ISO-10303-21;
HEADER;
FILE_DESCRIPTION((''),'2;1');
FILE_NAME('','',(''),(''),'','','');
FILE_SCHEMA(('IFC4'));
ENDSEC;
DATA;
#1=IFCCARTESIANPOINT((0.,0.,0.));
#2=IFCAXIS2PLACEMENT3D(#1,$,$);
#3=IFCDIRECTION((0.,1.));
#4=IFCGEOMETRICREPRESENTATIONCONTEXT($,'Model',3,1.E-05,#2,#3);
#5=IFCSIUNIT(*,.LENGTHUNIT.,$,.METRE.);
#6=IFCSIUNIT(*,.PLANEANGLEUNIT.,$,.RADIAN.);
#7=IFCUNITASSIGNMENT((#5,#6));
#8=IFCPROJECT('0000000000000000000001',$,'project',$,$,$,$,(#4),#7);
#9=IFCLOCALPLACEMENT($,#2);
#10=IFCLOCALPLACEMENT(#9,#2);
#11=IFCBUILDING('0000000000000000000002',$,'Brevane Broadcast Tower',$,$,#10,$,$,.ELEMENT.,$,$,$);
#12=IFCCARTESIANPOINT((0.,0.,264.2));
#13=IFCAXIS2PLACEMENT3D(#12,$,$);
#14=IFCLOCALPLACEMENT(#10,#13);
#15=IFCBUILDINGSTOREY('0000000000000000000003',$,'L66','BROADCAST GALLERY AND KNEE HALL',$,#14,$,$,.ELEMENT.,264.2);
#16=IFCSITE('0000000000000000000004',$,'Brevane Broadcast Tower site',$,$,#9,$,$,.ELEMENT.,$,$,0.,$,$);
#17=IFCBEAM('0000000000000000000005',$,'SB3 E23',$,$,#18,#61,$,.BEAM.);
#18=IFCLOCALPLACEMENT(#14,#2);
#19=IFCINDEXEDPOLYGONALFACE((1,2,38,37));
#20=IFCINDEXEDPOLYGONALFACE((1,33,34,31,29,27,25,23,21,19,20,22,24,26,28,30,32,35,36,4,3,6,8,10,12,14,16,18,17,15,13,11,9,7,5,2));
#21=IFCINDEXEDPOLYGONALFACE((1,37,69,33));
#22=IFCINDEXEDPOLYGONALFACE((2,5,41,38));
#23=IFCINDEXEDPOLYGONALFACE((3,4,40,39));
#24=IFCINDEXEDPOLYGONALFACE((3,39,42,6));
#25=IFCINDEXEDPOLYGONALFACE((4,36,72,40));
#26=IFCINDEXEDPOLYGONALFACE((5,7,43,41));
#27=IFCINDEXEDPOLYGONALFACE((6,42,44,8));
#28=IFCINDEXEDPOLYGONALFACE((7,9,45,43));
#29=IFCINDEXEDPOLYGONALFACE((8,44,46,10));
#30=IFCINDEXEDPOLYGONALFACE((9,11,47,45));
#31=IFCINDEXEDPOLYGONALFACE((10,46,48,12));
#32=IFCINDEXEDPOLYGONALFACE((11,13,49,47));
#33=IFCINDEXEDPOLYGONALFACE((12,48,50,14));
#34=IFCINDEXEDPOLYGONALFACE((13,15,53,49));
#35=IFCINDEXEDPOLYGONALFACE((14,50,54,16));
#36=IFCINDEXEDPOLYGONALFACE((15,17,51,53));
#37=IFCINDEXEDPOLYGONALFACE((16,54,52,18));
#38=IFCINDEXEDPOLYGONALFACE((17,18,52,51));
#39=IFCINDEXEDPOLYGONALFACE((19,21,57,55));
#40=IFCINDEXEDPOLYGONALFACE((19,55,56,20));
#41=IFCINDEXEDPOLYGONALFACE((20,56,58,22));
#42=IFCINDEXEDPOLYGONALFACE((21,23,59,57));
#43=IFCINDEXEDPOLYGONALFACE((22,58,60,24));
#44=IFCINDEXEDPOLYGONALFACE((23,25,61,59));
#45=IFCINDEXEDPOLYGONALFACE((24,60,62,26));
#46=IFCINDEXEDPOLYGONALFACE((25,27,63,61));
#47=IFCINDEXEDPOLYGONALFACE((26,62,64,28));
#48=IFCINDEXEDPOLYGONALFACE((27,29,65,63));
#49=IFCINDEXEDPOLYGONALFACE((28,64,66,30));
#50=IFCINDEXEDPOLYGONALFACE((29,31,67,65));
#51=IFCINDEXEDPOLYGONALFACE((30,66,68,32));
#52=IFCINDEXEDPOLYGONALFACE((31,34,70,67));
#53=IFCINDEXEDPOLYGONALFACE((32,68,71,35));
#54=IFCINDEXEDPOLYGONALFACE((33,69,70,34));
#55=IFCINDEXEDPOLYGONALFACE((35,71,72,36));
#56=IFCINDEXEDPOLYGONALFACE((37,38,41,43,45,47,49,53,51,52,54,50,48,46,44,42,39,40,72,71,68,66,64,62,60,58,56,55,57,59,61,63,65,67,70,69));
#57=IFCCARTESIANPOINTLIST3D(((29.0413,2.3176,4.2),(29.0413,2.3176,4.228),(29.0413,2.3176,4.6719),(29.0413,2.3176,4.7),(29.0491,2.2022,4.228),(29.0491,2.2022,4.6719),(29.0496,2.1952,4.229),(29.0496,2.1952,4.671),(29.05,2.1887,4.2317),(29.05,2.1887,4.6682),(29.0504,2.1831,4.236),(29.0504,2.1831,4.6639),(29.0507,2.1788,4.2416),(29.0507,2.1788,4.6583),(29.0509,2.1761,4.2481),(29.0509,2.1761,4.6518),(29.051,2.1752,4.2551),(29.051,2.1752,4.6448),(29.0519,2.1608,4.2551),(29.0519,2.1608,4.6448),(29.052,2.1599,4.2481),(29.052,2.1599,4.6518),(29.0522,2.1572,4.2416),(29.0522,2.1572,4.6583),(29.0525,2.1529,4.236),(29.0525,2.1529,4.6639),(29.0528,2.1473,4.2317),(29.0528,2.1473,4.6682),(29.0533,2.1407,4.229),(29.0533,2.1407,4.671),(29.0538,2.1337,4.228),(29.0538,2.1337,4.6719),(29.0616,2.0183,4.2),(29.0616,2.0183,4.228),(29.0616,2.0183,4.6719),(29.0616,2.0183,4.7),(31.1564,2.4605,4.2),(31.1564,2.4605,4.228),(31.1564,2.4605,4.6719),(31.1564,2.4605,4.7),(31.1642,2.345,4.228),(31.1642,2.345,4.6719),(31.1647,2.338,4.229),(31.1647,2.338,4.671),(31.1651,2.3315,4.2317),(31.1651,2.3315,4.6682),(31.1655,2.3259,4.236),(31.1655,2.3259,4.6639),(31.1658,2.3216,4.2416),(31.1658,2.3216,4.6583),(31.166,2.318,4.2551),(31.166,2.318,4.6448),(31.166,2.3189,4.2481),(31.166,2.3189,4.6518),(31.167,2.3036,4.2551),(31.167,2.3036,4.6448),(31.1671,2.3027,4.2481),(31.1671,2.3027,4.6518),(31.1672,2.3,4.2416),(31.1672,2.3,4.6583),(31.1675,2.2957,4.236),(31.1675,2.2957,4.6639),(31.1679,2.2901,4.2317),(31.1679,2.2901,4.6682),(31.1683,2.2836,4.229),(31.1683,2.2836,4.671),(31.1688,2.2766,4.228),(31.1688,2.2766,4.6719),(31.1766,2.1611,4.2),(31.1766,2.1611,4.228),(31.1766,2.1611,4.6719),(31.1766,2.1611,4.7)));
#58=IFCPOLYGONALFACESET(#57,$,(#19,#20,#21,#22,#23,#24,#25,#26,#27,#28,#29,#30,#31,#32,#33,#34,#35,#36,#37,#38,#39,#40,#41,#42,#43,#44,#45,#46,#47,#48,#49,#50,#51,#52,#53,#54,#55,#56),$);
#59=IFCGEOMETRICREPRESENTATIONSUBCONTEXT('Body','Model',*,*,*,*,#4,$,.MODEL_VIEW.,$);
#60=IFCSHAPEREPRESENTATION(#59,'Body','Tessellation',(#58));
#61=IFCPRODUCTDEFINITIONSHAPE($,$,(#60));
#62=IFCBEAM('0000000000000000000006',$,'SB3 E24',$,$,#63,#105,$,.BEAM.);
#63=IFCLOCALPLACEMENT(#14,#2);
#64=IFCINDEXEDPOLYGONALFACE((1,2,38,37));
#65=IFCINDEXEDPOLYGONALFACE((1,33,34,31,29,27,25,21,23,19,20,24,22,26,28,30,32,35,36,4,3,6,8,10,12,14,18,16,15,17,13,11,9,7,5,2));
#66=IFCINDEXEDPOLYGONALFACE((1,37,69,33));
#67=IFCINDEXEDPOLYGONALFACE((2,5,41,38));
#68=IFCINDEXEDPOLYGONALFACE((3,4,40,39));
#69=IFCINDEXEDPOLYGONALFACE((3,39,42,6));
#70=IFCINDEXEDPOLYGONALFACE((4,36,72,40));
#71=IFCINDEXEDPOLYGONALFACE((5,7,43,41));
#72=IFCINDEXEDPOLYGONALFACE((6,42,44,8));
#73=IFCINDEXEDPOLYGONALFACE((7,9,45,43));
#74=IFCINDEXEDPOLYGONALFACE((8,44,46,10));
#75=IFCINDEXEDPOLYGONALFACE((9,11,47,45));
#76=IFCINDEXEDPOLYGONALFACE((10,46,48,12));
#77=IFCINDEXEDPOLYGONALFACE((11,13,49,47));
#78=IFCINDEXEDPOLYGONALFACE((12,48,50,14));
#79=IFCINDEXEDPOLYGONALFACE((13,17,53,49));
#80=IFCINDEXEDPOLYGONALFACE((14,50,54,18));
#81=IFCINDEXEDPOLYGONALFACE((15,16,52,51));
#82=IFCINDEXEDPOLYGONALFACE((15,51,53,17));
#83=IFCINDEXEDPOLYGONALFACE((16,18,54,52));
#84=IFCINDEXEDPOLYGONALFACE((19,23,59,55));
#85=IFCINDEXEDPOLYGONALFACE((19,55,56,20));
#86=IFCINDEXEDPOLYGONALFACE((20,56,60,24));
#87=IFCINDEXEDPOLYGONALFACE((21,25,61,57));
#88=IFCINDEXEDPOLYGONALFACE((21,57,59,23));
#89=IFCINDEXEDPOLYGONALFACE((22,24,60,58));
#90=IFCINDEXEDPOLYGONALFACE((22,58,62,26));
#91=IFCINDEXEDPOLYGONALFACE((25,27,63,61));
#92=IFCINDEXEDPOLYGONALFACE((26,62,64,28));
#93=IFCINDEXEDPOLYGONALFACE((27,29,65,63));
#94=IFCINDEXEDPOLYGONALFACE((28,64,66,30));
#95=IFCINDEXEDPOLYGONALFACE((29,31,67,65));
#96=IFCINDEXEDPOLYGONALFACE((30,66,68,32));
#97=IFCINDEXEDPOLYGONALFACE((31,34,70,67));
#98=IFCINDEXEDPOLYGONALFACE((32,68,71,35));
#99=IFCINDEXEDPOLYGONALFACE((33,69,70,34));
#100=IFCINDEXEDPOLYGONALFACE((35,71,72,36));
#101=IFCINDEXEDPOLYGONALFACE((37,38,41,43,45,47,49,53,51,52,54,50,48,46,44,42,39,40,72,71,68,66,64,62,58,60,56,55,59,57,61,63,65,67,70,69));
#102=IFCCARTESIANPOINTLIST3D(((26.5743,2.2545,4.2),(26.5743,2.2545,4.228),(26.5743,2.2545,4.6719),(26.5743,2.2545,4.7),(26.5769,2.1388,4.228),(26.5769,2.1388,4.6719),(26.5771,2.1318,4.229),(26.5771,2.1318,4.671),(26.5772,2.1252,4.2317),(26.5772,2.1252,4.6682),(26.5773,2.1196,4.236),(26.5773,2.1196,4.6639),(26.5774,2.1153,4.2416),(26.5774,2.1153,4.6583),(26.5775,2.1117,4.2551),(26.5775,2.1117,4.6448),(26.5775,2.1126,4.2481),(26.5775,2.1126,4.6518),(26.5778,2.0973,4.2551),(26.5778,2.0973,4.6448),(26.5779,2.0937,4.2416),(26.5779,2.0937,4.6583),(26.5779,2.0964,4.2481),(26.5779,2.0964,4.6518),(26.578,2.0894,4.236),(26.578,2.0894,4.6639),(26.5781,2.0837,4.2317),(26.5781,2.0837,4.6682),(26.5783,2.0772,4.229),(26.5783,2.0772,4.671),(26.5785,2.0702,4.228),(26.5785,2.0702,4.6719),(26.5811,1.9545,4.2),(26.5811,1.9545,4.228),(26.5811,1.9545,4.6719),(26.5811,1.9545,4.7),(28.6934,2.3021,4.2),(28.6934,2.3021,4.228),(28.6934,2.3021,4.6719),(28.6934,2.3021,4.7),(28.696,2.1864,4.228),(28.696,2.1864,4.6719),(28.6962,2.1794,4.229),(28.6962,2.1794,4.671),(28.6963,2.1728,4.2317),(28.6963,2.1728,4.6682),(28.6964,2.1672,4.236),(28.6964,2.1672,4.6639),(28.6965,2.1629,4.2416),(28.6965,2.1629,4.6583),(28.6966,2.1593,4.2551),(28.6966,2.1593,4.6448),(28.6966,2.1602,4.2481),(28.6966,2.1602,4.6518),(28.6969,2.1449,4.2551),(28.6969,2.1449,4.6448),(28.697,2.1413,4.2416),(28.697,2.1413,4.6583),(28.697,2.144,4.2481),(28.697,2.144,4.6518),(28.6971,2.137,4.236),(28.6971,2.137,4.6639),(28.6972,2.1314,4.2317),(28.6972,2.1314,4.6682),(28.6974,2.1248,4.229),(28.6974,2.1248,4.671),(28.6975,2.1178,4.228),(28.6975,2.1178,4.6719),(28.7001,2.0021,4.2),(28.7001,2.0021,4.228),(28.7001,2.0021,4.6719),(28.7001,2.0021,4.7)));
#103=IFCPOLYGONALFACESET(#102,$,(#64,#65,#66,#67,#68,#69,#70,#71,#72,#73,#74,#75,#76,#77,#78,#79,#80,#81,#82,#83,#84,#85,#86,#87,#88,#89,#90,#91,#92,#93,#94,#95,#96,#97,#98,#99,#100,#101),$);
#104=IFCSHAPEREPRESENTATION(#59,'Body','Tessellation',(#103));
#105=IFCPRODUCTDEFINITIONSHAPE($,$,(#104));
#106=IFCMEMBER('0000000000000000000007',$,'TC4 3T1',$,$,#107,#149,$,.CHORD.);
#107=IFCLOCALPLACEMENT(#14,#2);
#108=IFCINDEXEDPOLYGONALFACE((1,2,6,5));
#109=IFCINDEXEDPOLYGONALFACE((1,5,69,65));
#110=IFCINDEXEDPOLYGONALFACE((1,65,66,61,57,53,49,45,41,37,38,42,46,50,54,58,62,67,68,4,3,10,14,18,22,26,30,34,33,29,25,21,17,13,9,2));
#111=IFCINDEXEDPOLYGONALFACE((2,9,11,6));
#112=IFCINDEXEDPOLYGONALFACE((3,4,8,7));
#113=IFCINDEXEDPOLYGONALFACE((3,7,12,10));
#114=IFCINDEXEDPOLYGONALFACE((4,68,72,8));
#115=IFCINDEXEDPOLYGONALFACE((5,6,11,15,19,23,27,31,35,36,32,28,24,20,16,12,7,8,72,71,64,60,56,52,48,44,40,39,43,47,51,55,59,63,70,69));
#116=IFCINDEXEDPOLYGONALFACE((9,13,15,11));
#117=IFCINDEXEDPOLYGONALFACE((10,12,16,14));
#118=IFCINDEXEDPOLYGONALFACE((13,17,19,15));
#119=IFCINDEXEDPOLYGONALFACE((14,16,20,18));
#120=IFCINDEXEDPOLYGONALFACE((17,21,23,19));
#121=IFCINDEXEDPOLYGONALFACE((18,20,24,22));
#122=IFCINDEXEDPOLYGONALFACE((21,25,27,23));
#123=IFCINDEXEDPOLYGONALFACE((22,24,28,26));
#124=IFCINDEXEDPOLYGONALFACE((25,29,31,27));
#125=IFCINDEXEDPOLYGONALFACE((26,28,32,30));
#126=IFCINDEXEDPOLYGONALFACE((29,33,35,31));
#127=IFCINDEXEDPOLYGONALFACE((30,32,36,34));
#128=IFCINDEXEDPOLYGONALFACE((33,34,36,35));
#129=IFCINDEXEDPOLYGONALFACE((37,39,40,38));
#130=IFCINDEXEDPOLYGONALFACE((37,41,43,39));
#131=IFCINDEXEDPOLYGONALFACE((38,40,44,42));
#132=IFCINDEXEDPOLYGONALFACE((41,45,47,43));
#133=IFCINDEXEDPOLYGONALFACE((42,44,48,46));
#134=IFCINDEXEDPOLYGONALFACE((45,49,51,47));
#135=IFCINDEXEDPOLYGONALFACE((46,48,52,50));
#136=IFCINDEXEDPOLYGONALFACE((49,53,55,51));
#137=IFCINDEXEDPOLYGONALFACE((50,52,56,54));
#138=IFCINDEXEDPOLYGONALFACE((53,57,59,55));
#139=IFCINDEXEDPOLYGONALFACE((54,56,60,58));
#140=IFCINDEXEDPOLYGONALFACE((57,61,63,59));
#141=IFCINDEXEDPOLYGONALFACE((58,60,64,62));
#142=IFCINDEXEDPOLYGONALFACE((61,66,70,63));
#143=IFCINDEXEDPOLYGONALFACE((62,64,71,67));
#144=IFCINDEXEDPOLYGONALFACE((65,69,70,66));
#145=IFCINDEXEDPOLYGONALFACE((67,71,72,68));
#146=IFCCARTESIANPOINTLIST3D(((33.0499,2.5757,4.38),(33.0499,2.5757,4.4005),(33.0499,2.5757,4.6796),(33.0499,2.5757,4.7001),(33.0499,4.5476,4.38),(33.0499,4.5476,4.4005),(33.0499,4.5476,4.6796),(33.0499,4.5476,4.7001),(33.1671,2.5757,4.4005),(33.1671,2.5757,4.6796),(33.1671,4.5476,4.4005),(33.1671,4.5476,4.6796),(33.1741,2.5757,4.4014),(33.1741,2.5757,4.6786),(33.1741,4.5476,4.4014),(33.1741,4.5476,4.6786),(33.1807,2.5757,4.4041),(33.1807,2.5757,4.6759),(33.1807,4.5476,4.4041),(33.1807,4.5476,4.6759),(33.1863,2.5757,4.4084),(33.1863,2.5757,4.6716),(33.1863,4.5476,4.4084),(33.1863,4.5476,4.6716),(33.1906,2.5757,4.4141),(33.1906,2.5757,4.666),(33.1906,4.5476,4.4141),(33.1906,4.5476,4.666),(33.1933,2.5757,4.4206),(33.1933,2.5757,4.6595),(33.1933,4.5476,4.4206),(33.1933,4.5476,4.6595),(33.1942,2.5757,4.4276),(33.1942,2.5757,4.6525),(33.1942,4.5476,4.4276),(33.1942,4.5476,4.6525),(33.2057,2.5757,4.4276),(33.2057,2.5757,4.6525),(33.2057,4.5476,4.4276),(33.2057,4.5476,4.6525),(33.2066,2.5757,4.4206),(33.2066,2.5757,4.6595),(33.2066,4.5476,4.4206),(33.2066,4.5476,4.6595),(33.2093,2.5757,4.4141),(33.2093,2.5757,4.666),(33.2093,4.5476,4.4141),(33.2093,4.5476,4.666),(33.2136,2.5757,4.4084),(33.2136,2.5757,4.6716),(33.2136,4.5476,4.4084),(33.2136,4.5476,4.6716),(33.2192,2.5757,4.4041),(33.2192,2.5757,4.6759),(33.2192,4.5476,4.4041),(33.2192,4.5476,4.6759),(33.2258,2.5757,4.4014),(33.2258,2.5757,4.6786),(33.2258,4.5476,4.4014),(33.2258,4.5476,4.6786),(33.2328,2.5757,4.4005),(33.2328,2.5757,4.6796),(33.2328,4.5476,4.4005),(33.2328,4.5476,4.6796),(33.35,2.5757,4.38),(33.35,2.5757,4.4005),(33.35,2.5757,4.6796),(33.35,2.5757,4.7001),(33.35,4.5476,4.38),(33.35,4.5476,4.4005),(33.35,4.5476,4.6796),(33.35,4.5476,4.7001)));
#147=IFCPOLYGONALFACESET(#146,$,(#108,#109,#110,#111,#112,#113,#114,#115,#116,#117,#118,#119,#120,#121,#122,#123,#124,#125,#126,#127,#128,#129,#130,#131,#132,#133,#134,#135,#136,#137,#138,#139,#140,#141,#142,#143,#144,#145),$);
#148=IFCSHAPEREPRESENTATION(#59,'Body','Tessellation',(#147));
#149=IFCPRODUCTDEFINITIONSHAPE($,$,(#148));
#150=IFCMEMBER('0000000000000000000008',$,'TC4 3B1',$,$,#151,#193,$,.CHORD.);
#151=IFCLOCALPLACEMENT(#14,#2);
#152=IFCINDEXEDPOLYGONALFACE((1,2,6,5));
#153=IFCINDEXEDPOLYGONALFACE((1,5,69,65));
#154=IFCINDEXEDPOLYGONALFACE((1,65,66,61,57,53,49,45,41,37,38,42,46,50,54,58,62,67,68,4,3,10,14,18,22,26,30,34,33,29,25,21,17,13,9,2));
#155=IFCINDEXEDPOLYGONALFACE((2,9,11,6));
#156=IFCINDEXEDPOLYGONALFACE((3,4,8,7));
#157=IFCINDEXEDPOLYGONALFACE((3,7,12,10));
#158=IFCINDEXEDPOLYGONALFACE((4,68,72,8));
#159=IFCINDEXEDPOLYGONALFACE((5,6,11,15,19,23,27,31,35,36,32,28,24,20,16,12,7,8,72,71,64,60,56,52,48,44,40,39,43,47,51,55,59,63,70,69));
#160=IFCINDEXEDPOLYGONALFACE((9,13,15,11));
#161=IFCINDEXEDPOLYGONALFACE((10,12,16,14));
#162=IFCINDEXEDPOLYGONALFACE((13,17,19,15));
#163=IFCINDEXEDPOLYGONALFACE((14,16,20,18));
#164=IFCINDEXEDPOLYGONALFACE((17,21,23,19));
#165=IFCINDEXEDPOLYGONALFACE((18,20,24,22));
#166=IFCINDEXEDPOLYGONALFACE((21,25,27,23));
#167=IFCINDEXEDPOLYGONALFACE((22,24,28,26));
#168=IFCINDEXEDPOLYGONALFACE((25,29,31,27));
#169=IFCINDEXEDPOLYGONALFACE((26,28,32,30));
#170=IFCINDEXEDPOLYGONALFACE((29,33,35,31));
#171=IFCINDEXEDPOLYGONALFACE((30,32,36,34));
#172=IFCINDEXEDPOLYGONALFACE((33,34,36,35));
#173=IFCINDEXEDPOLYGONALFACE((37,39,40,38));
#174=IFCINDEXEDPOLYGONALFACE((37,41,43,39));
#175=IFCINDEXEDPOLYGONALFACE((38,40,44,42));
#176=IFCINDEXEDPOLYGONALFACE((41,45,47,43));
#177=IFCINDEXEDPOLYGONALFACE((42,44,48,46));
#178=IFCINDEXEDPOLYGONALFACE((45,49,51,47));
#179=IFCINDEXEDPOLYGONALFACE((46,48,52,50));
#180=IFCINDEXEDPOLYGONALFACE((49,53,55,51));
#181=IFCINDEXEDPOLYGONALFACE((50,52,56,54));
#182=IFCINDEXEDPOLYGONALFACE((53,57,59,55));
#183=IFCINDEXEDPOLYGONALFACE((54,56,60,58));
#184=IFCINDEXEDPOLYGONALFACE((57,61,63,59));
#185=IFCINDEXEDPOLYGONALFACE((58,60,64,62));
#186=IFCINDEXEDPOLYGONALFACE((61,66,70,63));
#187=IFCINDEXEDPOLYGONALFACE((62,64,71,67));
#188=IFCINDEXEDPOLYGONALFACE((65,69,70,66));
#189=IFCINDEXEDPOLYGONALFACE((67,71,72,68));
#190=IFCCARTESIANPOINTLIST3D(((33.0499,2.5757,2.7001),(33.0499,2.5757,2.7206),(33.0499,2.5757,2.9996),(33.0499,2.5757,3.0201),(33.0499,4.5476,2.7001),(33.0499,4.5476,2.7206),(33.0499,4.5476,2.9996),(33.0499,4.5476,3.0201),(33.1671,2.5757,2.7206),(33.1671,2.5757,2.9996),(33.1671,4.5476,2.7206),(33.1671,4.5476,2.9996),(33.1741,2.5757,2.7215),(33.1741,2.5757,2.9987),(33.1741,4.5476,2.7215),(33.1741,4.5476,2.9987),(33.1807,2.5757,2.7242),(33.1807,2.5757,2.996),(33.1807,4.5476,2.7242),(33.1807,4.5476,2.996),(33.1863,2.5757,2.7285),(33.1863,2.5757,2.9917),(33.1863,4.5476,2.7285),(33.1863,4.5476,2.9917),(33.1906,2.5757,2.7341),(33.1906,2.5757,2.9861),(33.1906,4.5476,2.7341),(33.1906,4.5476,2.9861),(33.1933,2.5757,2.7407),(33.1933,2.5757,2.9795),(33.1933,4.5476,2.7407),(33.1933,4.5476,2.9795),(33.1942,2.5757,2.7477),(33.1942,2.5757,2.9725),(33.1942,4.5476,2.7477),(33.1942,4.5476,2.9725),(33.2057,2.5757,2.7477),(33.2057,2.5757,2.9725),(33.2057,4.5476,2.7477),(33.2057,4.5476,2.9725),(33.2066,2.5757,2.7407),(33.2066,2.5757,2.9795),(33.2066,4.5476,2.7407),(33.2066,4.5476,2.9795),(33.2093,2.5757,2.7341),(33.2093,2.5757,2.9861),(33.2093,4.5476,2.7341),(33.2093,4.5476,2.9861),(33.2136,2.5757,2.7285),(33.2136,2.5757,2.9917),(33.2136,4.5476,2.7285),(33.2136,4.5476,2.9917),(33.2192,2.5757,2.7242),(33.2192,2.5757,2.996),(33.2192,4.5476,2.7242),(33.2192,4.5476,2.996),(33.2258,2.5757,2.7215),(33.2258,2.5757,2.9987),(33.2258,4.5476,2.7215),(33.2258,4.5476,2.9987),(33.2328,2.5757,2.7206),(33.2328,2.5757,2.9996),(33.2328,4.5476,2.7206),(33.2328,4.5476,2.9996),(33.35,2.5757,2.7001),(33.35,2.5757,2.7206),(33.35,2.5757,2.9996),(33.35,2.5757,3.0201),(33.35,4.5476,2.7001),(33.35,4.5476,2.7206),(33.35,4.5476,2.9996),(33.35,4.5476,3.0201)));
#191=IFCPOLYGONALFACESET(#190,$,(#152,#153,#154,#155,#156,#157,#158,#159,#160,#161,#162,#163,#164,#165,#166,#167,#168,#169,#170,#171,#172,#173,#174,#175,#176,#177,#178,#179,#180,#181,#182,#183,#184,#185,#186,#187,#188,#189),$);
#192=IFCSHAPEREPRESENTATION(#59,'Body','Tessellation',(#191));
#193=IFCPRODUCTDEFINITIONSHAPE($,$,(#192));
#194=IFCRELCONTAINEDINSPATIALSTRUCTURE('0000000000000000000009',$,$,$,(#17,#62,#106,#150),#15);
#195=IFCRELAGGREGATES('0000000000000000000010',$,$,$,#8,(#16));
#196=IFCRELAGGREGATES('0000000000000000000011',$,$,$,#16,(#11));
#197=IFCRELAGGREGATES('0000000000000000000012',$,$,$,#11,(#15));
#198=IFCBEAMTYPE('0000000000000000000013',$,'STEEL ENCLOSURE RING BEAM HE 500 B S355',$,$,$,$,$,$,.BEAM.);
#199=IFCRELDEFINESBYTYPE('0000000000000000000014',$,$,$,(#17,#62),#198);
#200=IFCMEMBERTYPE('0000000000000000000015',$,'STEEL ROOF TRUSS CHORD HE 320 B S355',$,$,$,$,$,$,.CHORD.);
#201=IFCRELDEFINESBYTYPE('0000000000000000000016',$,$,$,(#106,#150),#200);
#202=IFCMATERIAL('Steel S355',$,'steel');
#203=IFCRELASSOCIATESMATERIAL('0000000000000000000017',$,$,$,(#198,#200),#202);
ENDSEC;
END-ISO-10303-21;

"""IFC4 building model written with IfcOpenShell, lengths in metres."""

from ifc_helpers import new_model, si_unit, direction, frame, origin, origin_2d, place, context, subcontext, project, spatial, i_section, extrude, material, material_profile, profile_set, type_object, element, save


model = new_model("IFC4")

# Units and contexts
model_context = context("Model", 3, precision=1e-05, world=origin(), true_north=direction((0.0, 1.0)))
body_context = subcontext(model_context, "Body", "Model", "MODEL_VIEW")
ifc_project = project(units=[si_unit("LENGTHUNIT", "METRE"), si_unit("PLANEANGLEUNIT", "RADIAN")], contexts=[model_context])

# Site, building, storey
site_placement = place(None, origin())
site = spatial("IfcSite", under=ifc_project, at=site_placement, Name="Brevane Broadcast Tower site", CompositionType="ELEMENT", RefElevation=0.0)
building_placement = place(site_placement, origin())
building = spatial("IfcBuilding", under=site, at=building_placement, Name="Brevane Broadcast Tower", CompositionType="ELEMENT")
storey_placement = place(building_placement, frame((0.0, 0.0, 264.2)))
storey = spatial("IfcBuildingStorey", under=building, at=storey_placement, Name="L66", Description="BROADCAST GALLERY AND KNEE HALL", CompositionType="ELEMENT", Elevation=264.2)

# Shared definitions
ifc_material_1 = material(Name="Steel S355", Category="steel")

# Beams
ifc_material_profile_1 = material_profile(ifc_material_1, i_section(OverallWidth=0.3, OverallDepth=0.5, WebThickness=0.0144, FlangeThickness=0.0281, FilletRadius=0.0271, at=origin_2d()), Name="HE 500 B")
ifc_profile_set_1 = profile_set([ifc_material_profile_1], Name="Steel S355")
beam_type = type_object("IfcBeamType", Name="STEEL ENCLOSURE RING BEAM HE 500 B S355", PredefinedType="BEAM", material=ifc_profile_set_1)
beam_1_placement = place(storey_placement, frame((31.1665, 2.3108, 4.45), z_axis=(-0.997728, -0.067375, 0.0), x_axis=(0.067375, -0.997728, 0.0)))
element("IfcBeam", 1, at=beam_1_placement, inside=storey, type_object=beam_type, Name="SB3 E23", PredefinedType="BEAM", context=body_context, shape_type="SweptSolid", body=[
    extrude(i_section(OverallWidth=0.3, OverallDepth=0.5, WebThickness=0.0144, FlangeThickness=0.0281, FilletRadius=0.0271, at=origin_2d()), origin(), (0.0, 0.0, 1.0), 2.1199),
])
beam_2_placement = place(storey_placement, frame((28.6968, 2.1521, 4.45), z_axis=(-0.999748, -0.02246, 0.0), x_axis=(0.02246, -0.999748, 0.0)))
element("IfcBeam", 2, at=beam_2_placement, inside=storey, type_object=beam_type, Name="SB3 E24", PredefinedType="BEAM", context=body_context, shape_type="SweptSolid", body=[
    extrude(i_section(OverallWidth=0.3, OverallDepth=0.5, WebThickness=0.0144, FlangeThickness=0.0281, FilletRadius=0.0271, at=origin_2d()), origin(), (0.0, 0.0, 1.0), 2.1196),
])

# Members
ifc_material_profile_2 = material_profile(ifc_material_1, i_section(OverallWidth=0.3, OverallDepth=0.3201, WebThickness=0.0115, FlangeThickness=0.0205, FilletRadius=0.0271, at=origin_2d()), Name="HE 320 B")
ifc_profile_set_2 = profile_set([ifc_material_profile_2], Name="Steel S355")
member_type_1 = type_object("IfcMemberType", Name="STEEL ROOF TRUSS CHORD HE 320 B S355", PredefinedType="CHORD", material=ifc_profile_set_2)
for number, where, z_axis, x_axis, name in (
    (3, (33.2, 2.5757, 4.54), (0.0, 1.0, 0.0), (-1.0, 0.0, 0.0), "TC4 3T1"),
    (4, (33.2, 2.5757, 2.8601), (0.0, 1.0, 0.0), (-1.0, 0.0, 0.0), "TC4 3B1"),
):
    element("IfcMember", number, at=place(storey_placement, frame(where, z_axis=z_axis, x_axis=x_axis)), inside=storey, type_object=member_type_1, Name=name, PredefinedType="CHORD", context=body_context, shape_type="SweptSolid", body=[
        extrude(i_section(OverallWidth=0.3, OverallDepth=0.3201, WebThickness=0.0115, FlangeThickness=0.0205, FilletRadius=0.0271, at=origin_2d()), origin(), (0.0, 0.0, 1.0), 1.9719),
    ])

save(model, "model.ifc")
